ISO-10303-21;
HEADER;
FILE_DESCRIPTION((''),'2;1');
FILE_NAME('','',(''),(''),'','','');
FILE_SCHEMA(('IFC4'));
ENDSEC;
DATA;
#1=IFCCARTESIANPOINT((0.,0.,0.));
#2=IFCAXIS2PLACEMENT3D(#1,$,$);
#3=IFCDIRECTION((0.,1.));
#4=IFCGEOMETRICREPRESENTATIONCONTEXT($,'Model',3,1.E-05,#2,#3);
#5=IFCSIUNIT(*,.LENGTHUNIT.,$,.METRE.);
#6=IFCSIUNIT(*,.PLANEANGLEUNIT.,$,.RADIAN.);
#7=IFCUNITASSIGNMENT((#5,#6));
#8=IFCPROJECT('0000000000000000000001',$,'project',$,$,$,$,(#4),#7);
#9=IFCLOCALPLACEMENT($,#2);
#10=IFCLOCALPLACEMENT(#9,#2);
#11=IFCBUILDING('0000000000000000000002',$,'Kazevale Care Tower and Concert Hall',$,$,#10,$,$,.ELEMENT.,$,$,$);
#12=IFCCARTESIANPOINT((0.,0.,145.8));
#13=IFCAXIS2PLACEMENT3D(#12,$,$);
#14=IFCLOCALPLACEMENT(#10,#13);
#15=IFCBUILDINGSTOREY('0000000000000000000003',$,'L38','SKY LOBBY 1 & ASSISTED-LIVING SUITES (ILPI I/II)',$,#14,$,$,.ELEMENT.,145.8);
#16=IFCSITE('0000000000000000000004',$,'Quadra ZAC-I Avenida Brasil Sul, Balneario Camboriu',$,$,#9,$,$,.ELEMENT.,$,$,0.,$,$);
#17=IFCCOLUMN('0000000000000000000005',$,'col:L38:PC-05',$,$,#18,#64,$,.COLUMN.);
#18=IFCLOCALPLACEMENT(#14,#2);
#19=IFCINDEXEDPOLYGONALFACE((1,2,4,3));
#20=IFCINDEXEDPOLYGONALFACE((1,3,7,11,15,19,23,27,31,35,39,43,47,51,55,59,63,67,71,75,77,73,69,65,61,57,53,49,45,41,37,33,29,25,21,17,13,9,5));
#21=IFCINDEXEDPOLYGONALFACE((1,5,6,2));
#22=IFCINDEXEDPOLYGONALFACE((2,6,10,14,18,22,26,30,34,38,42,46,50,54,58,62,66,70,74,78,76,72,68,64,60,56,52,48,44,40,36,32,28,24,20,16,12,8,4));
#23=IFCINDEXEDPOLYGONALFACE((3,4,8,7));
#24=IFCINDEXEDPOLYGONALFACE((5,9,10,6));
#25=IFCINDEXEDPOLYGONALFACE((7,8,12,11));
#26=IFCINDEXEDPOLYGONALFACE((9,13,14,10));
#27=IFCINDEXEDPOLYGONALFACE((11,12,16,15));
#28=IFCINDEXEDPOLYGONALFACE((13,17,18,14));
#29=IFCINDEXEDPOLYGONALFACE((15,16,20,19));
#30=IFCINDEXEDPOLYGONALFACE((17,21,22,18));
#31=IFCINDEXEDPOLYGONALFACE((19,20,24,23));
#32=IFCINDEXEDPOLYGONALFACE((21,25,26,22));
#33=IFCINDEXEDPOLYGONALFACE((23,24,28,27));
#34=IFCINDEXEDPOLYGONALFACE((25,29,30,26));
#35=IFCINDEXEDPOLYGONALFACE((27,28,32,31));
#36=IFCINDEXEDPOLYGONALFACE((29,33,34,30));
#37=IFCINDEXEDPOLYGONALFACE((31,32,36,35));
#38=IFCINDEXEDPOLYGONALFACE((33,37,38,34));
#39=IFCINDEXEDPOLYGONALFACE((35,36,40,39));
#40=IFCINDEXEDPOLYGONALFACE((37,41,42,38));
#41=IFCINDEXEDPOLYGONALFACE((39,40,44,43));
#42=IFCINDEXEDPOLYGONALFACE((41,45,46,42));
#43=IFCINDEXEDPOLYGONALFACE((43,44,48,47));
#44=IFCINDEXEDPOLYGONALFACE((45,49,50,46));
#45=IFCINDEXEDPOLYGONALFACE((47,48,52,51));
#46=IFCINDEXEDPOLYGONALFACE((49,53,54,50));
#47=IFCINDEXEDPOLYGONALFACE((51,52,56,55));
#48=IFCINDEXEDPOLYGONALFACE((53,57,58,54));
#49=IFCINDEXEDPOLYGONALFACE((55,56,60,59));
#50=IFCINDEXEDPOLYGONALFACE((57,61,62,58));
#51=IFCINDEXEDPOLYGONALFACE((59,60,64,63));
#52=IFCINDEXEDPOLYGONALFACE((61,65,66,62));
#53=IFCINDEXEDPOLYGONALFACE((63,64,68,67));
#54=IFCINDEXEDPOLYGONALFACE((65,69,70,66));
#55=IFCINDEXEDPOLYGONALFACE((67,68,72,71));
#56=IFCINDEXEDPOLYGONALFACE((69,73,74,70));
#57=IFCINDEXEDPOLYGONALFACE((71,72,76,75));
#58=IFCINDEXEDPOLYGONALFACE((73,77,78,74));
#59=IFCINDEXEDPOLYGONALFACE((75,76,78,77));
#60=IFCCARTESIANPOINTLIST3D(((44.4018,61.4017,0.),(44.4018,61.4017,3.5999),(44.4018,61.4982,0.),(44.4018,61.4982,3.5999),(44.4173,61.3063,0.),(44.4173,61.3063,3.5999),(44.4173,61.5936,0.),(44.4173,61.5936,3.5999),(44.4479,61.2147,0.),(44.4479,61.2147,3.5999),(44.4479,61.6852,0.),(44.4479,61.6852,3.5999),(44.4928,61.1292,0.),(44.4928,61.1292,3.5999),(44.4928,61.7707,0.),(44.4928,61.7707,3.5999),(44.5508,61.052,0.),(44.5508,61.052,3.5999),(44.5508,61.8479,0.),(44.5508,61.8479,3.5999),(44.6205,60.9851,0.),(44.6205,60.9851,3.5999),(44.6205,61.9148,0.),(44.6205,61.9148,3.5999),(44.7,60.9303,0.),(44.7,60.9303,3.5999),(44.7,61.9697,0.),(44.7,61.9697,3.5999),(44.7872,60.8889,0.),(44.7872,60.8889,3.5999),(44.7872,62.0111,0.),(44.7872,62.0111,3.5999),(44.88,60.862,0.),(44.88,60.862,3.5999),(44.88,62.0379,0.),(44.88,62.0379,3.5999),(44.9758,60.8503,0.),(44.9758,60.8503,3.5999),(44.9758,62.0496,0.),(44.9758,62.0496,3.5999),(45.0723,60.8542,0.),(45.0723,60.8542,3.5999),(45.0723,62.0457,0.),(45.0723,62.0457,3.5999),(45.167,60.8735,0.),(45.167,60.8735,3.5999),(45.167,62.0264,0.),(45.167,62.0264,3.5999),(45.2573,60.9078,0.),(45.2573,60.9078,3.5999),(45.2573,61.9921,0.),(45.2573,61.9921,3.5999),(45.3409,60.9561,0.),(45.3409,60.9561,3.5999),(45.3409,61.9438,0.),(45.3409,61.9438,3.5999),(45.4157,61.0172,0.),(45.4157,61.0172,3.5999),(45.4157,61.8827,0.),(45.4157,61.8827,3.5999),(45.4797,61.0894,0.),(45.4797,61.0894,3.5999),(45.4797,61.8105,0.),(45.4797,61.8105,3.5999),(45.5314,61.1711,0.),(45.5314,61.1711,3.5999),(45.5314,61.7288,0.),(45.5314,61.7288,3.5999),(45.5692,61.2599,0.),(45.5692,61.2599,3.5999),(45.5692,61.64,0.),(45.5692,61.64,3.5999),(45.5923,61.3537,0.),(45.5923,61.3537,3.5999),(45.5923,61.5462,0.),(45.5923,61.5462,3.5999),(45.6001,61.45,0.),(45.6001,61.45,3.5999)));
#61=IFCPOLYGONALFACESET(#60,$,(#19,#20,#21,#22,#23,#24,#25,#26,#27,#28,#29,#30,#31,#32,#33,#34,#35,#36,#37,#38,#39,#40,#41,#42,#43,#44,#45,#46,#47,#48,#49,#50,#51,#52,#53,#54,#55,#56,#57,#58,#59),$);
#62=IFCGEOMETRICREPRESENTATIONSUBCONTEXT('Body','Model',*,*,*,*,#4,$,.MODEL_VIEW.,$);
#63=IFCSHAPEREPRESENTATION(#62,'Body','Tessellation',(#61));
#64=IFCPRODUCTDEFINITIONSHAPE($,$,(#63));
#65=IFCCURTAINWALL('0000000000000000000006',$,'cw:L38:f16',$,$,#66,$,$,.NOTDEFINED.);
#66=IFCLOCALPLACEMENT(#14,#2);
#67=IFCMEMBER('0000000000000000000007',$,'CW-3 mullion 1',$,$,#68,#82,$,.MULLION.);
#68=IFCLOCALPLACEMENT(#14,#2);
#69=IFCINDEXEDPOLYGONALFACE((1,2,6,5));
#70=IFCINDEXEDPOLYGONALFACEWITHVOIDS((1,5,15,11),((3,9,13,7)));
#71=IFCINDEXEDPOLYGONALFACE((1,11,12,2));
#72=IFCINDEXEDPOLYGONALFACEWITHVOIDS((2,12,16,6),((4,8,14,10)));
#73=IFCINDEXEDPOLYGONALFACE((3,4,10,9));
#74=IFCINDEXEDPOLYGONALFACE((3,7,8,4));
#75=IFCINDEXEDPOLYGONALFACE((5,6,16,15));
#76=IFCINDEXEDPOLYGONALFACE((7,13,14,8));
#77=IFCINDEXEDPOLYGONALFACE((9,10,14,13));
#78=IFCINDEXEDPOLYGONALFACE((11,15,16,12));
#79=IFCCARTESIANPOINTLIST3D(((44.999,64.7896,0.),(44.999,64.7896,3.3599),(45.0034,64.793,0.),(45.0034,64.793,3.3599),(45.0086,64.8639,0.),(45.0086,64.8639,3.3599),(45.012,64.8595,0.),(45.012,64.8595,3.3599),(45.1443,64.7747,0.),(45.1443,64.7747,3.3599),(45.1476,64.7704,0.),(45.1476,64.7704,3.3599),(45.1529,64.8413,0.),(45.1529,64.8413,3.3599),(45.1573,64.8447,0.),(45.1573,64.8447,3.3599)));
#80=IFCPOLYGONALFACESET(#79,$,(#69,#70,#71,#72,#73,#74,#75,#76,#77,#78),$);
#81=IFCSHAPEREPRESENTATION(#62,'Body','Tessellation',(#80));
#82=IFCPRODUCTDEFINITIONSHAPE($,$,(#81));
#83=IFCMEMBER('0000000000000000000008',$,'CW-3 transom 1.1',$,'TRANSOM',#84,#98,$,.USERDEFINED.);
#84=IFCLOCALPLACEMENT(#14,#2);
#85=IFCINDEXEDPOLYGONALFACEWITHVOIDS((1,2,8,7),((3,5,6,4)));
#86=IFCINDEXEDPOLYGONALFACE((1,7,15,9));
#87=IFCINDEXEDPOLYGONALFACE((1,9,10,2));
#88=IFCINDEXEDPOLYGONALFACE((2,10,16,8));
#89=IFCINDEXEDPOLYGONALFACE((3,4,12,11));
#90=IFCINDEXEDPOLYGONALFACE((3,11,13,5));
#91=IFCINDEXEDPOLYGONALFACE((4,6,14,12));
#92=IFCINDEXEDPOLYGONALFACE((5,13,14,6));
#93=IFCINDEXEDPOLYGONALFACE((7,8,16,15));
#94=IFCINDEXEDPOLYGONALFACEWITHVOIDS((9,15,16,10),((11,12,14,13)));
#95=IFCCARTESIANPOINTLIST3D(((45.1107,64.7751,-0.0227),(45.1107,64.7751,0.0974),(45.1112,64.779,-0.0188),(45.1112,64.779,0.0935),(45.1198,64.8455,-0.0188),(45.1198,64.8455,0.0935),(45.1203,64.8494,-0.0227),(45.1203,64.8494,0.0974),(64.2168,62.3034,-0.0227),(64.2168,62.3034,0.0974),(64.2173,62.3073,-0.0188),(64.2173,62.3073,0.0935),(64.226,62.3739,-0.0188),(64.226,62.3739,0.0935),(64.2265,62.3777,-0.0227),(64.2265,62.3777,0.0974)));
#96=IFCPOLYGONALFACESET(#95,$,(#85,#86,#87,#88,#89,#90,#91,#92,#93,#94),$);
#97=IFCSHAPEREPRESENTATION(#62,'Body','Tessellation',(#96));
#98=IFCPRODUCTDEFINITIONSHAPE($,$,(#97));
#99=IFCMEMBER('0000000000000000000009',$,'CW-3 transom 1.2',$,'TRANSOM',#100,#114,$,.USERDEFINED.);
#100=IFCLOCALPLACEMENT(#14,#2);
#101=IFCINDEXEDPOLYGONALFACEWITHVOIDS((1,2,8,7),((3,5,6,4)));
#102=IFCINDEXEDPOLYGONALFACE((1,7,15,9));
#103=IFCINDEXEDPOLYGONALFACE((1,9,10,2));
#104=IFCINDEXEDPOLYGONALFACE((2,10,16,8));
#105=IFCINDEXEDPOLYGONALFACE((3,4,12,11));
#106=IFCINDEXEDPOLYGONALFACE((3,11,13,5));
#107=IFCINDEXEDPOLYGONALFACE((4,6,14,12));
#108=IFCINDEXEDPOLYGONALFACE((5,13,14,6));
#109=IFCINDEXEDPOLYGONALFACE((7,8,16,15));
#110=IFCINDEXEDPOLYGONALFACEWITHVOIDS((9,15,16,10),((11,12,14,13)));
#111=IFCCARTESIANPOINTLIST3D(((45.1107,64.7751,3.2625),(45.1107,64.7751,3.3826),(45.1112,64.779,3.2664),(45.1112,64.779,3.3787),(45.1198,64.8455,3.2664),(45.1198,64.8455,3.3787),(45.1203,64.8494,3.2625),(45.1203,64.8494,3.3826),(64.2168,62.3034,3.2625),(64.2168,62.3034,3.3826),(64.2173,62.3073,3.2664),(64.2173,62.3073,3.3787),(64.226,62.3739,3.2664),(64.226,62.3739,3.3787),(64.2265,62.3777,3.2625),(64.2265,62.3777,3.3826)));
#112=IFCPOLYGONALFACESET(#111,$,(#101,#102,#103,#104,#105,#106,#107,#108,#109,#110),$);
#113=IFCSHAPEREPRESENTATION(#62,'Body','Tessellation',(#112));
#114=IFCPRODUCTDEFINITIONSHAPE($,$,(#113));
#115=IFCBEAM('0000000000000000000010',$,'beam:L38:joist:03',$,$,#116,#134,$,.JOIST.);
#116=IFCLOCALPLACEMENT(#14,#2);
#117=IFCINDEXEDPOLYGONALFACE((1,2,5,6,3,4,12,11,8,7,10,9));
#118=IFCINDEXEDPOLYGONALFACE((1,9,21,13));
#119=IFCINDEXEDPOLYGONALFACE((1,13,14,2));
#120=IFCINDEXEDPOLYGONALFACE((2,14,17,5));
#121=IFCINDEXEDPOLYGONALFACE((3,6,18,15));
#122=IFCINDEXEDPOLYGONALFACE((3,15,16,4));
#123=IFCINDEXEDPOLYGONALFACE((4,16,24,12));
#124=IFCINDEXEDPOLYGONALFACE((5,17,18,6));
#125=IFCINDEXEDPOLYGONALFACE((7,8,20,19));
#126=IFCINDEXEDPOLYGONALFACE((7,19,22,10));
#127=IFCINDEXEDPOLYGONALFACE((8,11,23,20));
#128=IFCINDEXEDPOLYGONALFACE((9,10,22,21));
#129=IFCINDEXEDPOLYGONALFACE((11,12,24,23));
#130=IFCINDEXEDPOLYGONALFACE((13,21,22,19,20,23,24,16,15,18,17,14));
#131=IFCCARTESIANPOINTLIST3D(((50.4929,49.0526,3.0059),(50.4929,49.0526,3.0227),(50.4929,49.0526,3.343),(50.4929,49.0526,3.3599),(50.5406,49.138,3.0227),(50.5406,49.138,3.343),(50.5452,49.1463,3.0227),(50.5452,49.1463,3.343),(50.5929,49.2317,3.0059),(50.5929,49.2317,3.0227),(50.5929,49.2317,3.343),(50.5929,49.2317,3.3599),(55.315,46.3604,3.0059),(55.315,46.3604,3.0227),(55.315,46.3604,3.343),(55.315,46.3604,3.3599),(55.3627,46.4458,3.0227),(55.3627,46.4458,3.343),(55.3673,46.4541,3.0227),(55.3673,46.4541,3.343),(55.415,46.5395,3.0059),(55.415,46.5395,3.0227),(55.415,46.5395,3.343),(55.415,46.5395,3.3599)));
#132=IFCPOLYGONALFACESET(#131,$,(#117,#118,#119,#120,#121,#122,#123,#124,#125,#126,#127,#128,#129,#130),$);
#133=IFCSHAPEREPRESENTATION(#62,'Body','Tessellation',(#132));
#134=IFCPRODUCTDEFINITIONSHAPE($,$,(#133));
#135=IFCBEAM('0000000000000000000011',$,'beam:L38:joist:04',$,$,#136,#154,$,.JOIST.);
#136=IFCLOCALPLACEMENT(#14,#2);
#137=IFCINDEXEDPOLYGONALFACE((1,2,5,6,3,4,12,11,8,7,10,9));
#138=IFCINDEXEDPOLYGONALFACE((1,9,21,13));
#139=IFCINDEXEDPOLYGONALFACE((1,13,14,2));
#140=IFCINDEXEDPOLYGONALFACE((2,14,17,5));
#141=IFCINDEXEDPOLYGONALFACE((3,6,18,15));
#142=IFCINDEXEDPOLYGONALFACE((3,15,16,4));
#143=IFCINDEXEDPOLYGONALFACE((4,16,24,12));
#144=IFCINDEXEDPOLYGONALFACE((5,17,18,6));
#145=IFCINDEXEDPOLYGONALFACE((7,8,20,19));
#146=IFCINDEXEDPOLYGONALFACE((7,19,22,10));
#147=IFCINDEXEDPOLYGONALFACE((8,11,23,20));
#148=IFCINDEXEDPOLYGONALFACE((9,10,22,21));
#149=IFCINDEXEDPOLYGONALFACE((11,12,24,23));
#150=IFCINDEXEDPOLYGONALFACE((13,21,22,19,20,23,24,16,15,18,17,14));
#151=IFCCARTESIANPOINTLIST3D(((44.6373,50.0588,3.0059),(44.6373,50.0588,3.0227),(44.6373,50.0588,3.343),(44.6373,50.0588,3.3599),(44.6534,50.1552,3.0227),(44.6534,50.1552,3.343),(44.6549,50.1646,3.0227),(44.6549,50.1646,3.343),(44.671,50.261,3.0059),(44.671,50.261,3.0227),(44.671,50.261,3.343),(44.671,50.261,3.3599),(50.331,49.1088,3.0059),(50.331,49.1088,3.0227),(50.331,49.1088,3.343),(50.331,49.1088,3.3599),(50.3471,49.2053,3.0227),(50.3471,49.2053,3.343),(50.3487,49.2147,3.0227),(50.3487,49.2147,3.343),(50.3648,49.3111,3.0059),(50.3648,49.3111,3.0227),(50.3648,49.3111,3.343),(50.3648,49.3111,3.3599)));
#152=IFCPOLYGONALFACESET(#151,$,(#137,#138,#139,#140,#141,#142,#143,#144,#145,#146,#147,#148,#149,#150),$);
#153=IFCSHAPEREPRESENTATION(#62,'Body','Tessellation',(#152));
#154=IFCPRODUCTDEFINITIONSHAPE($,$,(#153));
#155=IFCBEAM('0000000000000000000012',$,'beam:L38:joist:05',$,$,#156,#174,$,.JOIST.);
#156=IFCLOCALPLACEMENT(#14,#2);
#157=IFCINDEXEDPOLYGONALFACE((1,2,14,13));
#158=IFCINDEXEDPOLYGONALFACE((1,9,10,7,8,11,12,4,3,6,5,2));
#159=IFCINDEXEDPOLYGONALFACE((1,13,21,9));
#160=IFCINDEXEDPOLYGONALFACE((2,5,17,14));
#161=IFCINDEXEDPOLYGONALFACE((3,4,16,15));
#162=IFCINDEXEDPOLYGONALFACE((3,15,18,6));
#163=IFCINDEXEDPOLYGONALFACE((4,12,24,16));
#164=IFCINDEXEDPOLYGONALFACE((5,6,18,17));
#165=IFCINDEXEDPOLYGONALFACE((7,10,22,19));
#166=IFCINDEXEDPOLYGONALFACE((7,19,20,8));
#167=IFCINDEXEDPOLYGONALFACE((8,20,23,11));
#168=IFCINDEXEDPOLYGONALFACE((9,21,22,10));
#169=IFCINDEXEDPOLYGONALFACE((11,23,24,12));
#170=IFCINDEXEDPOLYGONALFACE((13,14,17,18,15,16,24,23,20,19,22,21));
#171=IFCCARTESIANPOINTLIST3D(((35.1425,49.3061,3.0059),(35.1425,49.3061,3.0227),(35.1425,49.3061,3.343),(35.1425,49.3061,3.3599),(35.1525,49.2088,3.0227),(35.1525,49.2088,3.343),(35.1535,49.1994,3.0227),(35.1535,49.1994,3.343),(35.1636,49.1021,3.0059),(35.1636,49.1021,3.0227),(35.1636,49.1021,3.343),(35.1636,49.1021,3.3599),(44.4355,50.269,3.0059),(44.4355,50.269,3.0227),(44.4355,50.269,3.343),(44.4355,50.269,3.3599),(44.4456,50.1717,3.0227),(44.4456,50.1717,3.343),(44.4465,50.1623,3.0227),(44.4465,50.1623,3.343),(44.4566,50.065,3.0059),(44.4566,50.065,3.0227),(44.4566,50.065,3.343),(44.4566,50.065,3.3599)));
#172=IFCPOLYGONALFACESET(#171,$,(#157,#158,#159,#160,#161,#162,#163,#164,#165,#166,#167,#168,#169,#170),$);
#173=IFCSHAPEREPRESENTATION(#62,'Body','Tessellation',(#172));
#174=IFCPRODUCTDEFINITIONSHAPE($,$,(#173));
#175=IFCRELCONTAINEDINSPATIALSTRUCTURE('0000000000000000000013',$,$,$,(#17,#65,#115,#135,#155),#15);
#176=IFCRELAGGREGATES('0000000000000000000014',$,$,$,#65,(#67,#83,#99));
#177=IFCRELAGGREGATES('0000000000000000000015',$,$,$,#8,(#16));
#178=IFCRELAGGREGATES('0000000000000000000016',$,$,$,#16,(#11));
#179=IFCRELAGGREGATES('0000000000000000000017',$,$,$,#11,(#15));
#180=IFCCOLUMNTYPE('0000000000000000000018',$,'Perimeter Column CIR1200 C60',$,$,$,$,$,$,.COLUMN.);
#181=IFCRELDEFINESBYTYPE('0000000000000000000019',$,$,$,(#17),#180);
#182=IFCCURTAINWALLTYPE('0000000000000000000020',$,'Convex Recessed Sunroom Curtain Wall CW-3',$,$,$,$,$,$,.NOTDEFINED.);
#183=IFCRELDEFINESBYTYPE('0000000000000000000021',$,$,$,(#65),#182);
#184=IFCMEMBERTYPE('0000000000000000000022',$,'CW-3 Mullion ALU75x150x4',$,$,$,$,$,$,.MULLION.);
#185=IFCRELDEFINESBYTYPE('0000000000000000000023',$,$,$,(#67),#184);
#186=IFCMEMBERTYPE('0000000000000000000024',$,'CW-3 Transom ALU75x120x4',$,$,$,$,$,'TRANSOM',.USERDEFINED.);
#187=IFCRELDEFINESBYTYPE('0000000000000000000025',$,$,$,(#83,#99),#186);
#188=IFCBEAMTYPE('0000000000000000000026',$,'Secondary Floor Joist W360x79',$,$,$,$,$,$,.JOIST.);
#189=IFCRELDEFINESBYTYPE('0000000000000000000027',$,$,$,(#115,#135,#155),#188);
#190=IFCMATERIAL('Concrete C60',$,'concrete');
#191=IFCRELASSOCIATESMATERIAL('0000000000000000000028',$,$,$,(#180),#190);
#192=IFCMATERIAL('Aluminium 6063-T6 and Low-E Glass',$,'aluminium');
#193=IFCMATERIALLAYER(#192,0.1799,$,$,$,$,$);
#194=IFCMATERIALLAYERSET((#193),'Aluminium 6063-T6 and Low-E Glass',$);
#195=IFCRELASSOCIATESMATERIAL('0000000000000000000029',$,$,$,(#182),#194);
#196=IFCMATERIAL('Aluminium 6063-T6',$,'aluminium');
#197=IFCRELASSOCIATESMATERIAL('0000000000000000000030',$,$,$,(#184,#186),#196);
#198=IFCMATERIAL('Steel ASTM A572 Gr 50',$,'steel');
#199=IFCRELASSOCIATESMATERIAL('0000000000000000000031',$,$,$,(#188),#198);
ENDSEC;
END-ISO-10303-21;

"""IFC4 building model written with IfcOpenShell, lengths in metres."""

from ifc_helpers import new_model, si_unit, direction, frame, origin, origin_2d, place, context, subcontext, project, spatial, hollow_rectangle, circle, i_section, extrude, material, layer, layer_set, material_profile, profile_set, type_object, element, aggregate, save


model = new_model("IFC4")

# Units and contexts
model_context = context("Model", 3, precision=1e-05, world=origin(), true_north=direction((0.0, 1.0)))
body_context = subcontext(model_context, "Body", "Model", "MODEL_VIEW")
ifc_project = project(units=[si_unit("LENGTHUNIT", "METRE"), si_unit("PLANEANGLEUNIT", "RADIAN")], contexts=[model_context])

# Site, building, storey
site_placement = place(None, origin())
site = spatial("IfcSite", under=ifc_project, at=site_placement, Name="Quadra ZAC-I Avenida Brasil Sul, Balneario Camboriu", CompositionType="ELEMENT", RefElevation=0.0)
building_placement = place(site_placement, origin())
building = spatial("IfcBuilding", under=site, at=building_placement, Name="Kazevale Care Tower and Concert Hall", CompositionType="ELEMENT")
storey_placement = place(building_placement, frame((0.0, 0.0, 145.8)))
storey = spatial("IfcBuildingStorey", under=building, at=storey_placement, Name="L38", Description="SKY LOBBY 1 & ASSISTED-LIVING SUITES (ILPI I/II)", CompositionType="ELEMENT", Elevation=145.8)

# Column
ifc_material_1 = material(Name="Concrete C60", Category="concrete")
ifc_material_profile_1 = material_profile(ifc_material_1, circle(Radius=0.6001, at=origin_2d()), Name="RC-CIR1200")
ifc_profile_set_1 = profile_set([ifc_material_profile_1], Name="Concrete C60")
column_type = type_object("IfcColumnType", Name="Perimeter Column CIR1200 C60", PredefinedType="COLUMN", material=ifc_profile_set_1)
column_placement = place(storey_placement, frame((45.0, 61.45, 0.0), z_axis=(0.0, 0.0, 1.0), x_axis=(1.0, 0.0, 0.0)))
element("IfcColumn", 1, at=column_placement, inside=storey, type_object=column_type, Name="col:L38:PC-05", PredefinedType="COLUMN", context=body_context, shape_type="SweptSolid", body=[
    extrude(circle(Radius=0.6001, at=origin_2d()), origin(), (0.0, 0.0, 1.0), 3.5999),
])

# Curtain wall, members
ifc_material_2 = material(Name="Aluminium 6063-T6 and Low-E Glass", Category="aluminium")
ifc_layer_1 = layer(ifc_material_2, 0.1799)
ifc_layer_set_1 = layer_set([ifc_layer_1], Name="Aluminium 6063-T6 and Low-E Glass")
curtain_wall_type = type_object("IfcCurtainWallType", Name="Convex Recessed Sunroom Curtain Wall CW-3", PredefinedType="NOTDEFINED", material=ifc_layer_set_1)
curtain_wall_placement = place(storey_placement, origin())
curtain_wall = element("IfcCurtainWall", 2, at=curtain_wall_placement, inside=storey, type_object=curtain_wall_type, Name="cw:L38:f16", PredefinedType="NOTDEFINED")
ifc_material_3 = material(Name="Aluminium 6063-T6", Category="aluminium")
ifc_material_profile_2 = material_profile(ifc_material_3, hollow_rectangle(XDim=0.075, YDim=0.1499, WallThickness=0.0039, at=origin_2d()), Name="ALU75x150x4")
ifc_profile_set_2 = profile_set([ifc_material_profile_2], Name="Aluminium 6063-T6")
member_type_1 = type_object("IfcMemberType", Name="CW-3 Mullion ALU75x150x4", PredefinedType="MULLION", material=ifc_profile_set_2)
member_1_placement = place(storey_placement, frame((45.0781, 64.8171, 0.0), z_axis=(0.0, 0.0, 1.0), x_axis=(0.1283, 0.991735, 0.0)))
member_1 = element("IfcMember", 3, at=member_1_placement, type_object=member_type_1, Name="CW-3 mullion 1", PredefinedType="MULLION", context=body_context, shape_type="SweptSolid", body=[
    extrude(hollow_rectangle(XDim=0.075, YDim=0.1499, WallThickness=0.0039, at=origin_2d()), origin(), (0.0, 0.0, 1.0), 3.3599),
])
ifc_material_profile_3 = material_profile(ifc_material_3, hollow_rectangle(XDim=0.075, YDim=0.1201, WallThickness=0.0039, at=origin_2d()), Name="ALU75x120x4")
ifc_profile_set_3 = profile_set([ifc_material_profile_3], Name="Aluminium 6063-T6")
member_type_2 = type_object("IfcMemberType", Name="CW-3 Transom ALU75x120x4", ElementType="TRANSOM", PredefinedType="USERDEFINED", material=ifc_profile_set_3)
member_2_placement = place(storey_placement, frame((45.1155, 64.8123, 0.0374), z_axis=(0.991736, -0.128296, 0.0), x_axis=(0.128296, 0.991736, 0.0)))
member_2 = element("IfcMember", 4, at=member_2_placement, type_object=member_type_2, Name="CW-3 transom 1.1", ObjectType="TRANSOM", PredefinedType="USERDEFINED", context=body_context, shape_type="SweptSolid", body=[
    extrude(hollow_rectangle(XDim=0.075, YDim=0.1201, WallThickness=0.0039, at=origin_2d()), origin(), (0.0, 0.0, 1.0), 19.2654),
])
member_3_placement = place(storey_placement, frame((45.1155, 64.8123, 3.3225), z_axis=(0.991736, -0.128296, 0.0), x_axis=(0.128296, 0.991736, 0.0)))
member_3 = element("IfcMember", 5, at=member_3_placement, type_object=member_type_2, Name="CW-3 transom 1.2", ObjectType="TRANSOM", PredefinedType="USERDEFINED", context=body_context, shape_type="SweptSolid", body=[
    extrude(hollow_rectangle(XDim=0.075, YDim=0.1201, WallThickness=0.0039, at=origin_2d()), origin(), (0.0, 0.0, 1.0), 19.2654),
])

# Beams
ifc_material_4 = material(Name="Steel ASTM A572 Gr 50", Category="steel")
ifc_material_profile_4 = material_profile(ifc_material_4, i_section(OverallWidth=0.2051, OverallDepth=0.354, WebThickness=0.0095, FlangeThickness=0.0168, at=origin_2d()), Name="W360x79")
ifc_profile_set_4 = profile_set([ifc_material_profile_4], Name="Steel ASTM A572 Gr 50")
beam_type_1 = type_object("IfcBeamType", Name="Secondary Floor Joist W360x79", PredefinedType="JOIST", material=ifc_profile_set_4)
beam_1_placement = place(storey_placement, frame((55.365, 46.45, 3.1829), z_axis=(-0.873138, 0.487474, 0.0), x_axis=(-0.487474, -0.873138, 0.0)))
element("IfcBeam", 6, at=beam_1_placement, inside=storey, type_object=beam_type_1, Name="beam:L38:joist:03", PredefinedType="JOIST", context=body_context, shape_type="SweptSolid", body=[
    extrude(i_section(OverallWidth=0.2051, OverallDepth=0.354, WebThickness=0.0095, FlangeThickness=0.0168, at=origin_2d()), origin(), (0.0, 0.0, 1.0), 5.5227),
])
beam_2_placement = place(storey_placement, frame((50.3479, 49.21, 3.1829), z_axis=(-0.986366, 0.164564, 0.0), x_axis=(-0.164564, -0.986366, 0.0)))
element("IfcBeam", 7, at=beam_2_placement, inside=storey, type_object=beam_type_1, Name="beam:L38:joist:04", PredefinedType="JOIST", context=body_context, shape_type="SweptSolid", body=[
    extrude(i_section(OverallWidth=0.2051, OverallDepth=0.354, WebThickness=0.0095, FlangeThickness=0.0168, at=origin_2d()), origin(), (0.0, 0.0, 1.0), 5.7725),
])
beam_3_placement = place(storey_placement, frame((44.446, 50.167, 3.1829), z_axis=(-0.994675, -0.103063, 0.0), x_axis=(0.103063, -0.994675, 0.0)))
element("IfcBeam", 8, at=beam_3_placement, inside=storey, type_object=beam_type_1, Name="beam:L38:joist:05", PredefinedType="JOIST", context=body_context, shape_type="SweptSolid", body=[
    extrude(i_section(OverallWidth=0.2051, OverallDepth=0.354, WebThickness=0.0095, FlangeThickness=0.0168, at=origin_2d()), origin(), (0.0, 0.0, 1.0), 9.3428),
])

aggregate(curtain_wall, [member_1, member_2, member_3])

save(model, "model.ifc")
